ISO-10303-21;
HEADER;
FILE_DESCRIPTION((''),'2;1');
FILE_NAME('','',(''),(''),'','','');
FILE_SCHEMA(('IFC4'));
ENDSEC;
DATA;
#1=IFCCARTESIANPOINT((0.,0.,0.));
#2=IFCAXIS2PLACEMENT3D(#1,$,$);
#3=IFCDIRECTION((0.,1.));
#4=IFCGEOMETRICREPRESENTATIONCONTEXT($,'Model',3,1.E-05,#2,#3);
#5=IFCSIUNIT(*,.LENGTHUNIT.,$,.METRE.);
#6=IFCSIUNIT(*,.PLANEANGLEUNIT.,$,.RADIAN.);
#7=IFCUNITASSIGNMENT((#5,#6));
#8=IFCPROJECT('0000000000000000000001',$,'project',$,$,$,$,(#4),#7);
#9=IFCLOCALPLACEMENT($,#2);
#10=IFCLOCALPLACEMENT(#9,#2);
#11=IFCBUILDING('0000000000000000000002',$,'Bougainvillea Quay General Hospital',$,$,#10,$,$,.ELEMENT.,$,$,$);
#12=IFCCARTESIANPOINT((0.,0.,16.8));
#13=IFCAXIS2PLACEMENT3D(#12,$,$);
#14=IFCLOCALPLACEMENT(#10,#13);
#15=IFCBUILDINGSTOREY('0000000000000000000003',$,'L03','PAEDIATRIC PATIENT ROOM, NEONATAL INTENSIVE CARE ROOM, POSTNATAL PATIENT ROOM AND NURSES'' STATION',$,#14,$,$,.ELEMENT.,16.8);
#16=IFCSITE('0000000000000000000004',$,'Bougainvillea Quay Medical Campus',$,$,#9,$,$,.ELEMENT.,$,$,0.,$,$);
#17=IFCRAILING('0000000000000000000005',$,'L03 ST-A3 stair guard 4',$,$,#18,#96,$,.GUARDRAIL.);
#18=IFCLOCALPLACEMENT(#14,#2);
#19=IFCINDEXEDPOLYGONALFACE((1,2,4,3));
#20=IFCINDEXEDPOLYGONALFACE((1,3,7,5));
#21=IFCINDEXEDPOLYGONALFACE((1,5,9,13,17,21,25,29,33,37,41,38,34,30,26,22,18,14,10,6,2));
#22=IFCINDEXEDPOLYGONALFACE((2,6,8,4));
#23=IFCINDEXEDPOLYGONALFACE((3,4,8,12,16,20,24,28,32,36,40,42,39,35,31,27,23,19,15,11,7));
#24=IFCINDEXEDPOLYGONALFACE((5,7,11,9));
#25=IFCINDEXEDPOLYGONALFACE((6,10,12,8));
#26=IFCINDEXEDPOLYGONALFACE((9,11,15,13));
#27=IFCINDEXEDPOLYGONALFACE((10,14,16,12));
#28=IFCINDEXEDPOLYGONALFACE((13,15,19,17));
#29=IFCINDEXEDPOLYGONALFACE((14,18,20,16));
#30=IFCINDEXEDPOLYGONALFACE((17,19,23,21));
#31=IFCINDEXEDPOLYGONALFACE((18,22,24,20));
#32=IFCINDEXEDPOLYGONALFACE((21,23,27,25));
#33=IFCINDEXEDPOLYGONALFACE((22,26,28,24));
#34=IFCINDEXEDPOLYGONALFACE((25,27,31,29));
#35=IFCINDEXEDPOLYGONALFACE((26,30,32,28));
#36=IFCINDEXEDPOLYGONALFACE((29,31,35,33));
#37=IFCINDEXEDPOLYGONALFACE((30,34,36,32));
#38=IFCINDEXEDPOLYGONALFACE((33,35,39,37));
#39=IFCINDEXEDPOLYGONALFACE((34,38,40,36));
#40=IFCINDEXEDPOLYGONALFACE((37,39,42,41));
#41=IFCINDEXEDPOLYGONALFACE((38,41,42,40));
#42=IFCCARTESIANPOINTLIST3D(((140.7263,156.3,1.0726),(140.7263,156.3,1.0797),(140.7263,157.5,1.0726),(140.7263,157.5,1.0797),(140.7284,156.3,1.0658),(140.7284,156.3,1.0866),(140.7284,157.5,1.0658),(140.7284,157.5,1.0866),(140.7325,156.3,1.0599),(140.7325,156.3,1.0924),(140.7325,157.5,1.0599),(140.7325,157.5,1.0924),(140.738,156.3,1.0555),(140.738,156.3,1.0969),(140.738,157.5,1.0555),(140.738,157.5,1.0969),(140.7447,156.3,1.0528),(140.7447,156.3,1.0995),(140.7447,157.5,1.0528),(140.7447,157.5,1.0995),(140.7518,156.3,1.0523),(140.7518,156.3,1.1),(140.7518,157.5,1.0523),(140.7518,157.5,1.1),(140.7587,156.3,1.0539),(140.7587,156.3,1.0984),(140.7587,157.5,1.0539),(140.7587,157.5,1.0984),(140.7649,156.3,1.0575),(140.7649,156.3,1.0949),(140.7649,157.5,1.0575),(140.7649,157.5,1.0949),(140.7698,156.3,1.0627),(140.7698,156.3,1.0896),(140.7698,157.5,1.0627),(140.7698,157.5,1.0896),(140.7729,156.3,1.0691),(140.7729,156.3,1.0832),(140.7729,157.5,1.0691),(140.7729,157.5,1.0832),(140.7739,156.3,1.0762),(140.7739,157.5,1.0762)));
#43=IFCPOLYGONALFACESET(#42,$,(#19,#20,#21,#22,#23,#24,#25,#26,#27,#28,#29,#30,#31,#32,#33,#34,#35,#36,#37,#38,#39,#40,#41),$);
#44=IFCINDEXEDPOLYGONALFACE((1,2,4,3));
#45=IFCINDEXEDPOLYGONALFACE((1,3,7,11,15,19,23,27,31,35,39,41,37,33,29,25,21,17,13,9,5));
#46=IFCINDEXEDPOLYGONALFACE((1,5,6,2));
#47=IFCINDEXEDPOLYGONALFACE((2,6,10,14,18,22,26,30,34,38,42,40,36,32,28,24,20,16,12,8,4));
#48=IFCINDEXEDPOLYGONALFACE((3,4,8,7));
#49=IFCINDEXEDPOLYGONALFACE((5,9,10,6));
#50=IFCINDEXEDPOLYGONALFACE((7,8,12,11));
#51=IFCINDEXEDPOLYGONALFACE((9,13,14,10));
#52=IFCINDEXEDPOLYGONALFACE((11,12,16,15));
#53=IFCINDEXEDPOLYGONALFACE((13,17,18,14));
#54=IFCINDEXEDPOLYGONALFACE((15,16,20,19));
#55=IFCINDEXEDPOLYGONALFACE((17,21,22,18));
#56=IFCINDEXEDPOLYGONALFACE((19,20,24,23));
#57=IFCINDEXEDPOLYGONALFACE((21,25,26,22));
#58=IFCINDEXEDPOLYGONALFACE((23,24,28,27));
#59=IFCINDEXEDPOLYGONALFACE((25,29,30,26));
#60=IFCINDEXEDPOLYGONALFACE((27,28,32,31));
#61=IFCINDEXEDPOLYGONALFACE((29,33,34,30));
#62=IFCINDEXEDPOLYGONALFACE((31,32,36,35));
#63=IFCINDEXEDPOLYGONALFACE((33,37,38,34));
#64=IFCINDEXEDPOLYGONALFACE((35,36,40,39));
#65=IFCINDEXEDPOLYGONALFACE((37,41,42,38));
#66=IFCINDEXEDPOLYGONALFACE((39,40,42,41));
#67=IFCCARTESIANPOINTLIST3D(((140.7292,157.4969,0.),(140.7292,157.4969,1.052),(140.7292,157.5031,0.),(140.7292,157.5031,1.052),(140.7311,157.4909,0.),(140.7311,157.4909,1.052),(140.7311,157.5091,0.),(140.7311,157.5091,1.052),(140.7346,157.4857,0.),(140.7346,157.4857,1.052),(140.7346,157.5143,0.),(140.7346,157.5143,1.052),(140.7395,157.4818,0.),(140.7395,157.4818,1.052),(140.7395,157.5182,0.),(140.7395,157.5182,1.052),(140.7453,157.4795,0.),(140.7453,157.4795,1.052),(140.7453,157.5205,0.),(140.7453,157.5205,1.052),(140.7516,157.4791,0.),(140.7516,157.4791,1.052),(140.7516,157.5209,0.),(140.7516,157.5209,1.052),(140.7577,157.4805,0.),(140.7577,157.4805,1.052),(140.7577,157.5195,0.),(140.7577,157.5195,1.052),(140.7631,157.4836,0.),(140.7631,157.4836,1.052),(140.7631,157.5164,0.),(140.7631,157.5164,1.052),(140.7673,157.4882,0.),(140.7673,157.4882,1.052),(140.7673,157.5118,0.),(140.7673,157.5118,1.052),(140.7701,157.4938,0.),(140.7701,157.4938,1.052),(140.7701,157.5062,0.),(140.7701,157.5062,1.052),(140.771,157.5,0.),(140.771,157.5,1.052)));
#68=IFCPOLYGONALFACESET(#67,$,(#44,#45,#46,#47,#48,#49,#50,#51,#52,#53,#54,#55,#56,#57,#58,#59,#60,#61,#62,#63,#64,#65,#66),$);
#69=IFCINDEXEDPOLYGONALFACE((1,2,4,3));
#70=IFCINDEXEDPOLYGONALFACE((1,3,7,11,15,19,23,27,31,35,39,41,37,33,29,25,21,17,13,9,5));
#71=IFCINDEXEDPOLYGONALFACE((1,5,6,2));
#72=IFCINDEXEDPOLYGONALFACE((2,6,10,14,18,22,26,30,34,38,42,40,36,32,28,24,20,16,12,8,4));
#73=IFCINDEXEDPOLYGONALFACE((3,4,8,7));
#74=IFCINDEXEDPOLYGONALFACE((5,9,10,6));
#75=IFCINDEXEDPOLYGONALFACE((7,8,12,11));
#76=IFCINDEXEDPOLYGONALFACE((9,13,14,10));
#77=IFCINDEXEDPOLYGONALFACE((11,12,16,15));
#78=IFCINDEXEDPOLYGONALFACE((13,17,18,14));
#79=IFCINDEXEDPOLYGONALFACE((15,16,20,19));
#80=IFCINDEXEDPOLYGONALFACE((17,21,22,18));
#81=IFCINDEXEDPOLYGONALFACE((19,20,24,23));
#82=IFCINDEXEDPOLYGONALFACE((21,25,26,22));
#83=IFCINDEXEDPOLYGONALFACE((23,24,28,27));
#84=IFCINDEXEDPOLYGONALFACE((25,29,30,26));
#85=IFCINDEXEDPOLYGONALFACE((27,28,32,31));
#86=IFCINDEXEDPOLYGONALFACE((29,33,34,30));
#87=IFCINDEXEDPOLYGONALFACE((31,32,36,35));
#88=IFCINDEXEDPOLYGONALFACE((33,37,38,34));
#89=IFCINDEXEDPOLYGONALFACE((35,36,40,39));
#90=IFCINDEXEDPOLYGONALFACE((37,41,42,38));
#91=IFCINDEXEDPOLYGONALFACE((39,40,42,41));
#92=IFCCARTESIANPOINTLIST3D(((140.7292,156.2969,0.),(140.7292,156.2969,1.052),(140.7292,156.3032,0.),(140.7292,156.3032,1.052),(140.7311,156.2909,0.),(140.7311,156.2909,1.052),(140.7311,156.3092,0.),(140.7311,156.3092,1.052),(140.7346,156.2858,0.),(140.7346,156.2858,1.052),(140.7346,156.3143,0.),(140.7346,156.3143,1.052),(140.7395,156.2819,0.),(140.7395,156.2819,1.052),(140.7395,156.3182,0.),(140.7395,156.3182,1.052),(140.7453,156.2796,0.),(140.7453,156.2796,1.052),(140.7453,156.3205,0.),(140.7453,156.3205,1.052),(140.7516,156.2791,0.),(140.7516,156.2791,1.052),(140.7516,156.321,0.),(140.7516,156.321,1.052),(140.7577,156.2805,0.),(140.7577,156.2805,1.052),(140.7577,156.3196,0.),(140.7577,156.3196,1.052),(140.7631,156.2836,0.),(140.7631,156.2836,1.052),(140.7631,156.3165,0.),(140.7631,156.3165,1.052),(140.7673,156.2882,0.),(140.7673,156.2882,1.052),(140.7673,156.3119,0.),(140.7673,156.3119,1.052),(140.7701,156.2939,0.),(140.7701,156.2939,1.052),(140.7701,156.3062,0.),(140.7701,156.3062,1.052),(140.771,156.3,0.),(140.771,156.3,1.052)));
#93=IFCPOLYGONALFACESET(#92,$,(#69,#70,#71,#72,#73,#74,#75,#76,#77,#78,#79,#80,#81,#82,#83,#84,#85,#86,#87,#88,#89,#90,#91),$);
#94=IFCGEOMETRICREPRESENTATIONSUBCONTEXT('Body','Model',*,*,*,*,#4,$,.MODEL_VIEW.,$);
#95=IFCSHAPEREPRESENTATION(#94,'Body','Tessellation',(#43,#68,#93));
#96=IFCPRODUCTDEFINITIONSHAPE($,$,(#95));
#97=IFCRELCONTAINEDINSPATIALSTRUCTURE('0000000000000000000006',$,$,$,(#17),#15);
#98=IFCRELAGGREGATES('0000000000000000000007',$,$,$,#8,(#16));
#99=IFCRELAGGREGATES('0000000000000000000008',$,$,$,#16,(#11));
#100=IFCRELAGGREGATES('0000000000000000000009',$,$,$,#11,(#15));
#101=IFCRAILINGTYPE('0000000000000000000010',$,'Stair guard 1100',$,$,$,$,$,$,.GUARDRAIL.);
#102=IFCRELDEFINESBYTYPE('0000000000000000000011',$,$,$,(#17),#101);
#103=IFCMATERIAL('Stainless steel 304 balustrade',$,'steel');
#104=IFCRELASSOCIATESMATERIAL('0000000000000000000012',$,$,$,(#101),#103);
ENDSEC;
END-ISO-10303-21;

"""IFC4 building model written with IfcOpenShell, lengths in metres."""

from ifc_helpers import new_model, si_unit, direction, frame, origin, origin_2d, place, context, subcontext, project, spatial, circle, extrude, material, type_object, element, save


model = new_model("IFC4")

# Units and contexts
model_context = context("Model", 3, precision=1e-05, world=origin(), true_north=direction((0.0, 1.0)))
body_context = subcontext(model_context, "Body", "Model", "MODEL_VIEW")
ifc_project = project(units=[si_unit("LENGTHUNIT", "METRE"), si_unit("PLANEANGLEUNIT", "RADIAN")], contexts=[model_context])

# Site, building, storey
site_placement = place(None, origin())
site = spatial("IfcSite", under=ifc_project, at=site_placement, Name="Bougainvillea Quay Medical Campus", CompositionType="ELEMENT", RefElevation=0.0)
building_placement = place(site_placement, origin())
building = spatial("IfcBuilding", under=site, at=building_placement, Name="Bougainvillea Quay General Hospital", CompositionType="ELEMENT")
storey_placement = place(building_placement, frame((0.0, 0.0, 16.8)))
storey = spatial("IfcBuildingStorey", under=building, at=storey_placement, Name="L03", Description="PAEDIATRIC PATIENT ROOM, NEONATAL INTENSIVE CARE ROOM, POSTNATAL PATIENT ROOM AND NURSES' STATION", CompositionType="ELEMENT", Elevation=16.8)

# Railing
ifc_material_1 = material(Name="Stainless steel 304 balustrade", Category="steel")
railing_type_1 = type_object("IfcRailingType", Name="Stair guard 1100", PredefinedType="GUARDRAIL", material=ifc_material_1)
railing_1_placement = place(storey_placement, frame((140.75, 157.5, 0.0)))
element("IfcRailing", 1, at=railing_1_placement, inside=storey, type_object=railing_type_1, Name="L03 ST-A3 stair guard 4", PredefinedType="GUARDRAIL", context=body_context, shape_type="SweptSolid", body=[
    extrude(circle(Radius=0.0239, at=origin_2d()), frame((0.0, 0.0, 1.0762), z_axis=(0.0, -1.0, 0.0), x_axis=(1.0, 0.0, 0.0)), (0.0, 0.0, 1.0), 1.2),
    extrude(circle(Radius=0.021, at=origin_2d()), origin(), (0.0, 0.0, 1.0), 1.052),
    extrude(circle(Radius=0.021, at=origin_2d()), frame((0.0, -1.2, 0.0)), (0.0, 0.0, 1.0), 1.052),
])

save(model, "model.ifc")
